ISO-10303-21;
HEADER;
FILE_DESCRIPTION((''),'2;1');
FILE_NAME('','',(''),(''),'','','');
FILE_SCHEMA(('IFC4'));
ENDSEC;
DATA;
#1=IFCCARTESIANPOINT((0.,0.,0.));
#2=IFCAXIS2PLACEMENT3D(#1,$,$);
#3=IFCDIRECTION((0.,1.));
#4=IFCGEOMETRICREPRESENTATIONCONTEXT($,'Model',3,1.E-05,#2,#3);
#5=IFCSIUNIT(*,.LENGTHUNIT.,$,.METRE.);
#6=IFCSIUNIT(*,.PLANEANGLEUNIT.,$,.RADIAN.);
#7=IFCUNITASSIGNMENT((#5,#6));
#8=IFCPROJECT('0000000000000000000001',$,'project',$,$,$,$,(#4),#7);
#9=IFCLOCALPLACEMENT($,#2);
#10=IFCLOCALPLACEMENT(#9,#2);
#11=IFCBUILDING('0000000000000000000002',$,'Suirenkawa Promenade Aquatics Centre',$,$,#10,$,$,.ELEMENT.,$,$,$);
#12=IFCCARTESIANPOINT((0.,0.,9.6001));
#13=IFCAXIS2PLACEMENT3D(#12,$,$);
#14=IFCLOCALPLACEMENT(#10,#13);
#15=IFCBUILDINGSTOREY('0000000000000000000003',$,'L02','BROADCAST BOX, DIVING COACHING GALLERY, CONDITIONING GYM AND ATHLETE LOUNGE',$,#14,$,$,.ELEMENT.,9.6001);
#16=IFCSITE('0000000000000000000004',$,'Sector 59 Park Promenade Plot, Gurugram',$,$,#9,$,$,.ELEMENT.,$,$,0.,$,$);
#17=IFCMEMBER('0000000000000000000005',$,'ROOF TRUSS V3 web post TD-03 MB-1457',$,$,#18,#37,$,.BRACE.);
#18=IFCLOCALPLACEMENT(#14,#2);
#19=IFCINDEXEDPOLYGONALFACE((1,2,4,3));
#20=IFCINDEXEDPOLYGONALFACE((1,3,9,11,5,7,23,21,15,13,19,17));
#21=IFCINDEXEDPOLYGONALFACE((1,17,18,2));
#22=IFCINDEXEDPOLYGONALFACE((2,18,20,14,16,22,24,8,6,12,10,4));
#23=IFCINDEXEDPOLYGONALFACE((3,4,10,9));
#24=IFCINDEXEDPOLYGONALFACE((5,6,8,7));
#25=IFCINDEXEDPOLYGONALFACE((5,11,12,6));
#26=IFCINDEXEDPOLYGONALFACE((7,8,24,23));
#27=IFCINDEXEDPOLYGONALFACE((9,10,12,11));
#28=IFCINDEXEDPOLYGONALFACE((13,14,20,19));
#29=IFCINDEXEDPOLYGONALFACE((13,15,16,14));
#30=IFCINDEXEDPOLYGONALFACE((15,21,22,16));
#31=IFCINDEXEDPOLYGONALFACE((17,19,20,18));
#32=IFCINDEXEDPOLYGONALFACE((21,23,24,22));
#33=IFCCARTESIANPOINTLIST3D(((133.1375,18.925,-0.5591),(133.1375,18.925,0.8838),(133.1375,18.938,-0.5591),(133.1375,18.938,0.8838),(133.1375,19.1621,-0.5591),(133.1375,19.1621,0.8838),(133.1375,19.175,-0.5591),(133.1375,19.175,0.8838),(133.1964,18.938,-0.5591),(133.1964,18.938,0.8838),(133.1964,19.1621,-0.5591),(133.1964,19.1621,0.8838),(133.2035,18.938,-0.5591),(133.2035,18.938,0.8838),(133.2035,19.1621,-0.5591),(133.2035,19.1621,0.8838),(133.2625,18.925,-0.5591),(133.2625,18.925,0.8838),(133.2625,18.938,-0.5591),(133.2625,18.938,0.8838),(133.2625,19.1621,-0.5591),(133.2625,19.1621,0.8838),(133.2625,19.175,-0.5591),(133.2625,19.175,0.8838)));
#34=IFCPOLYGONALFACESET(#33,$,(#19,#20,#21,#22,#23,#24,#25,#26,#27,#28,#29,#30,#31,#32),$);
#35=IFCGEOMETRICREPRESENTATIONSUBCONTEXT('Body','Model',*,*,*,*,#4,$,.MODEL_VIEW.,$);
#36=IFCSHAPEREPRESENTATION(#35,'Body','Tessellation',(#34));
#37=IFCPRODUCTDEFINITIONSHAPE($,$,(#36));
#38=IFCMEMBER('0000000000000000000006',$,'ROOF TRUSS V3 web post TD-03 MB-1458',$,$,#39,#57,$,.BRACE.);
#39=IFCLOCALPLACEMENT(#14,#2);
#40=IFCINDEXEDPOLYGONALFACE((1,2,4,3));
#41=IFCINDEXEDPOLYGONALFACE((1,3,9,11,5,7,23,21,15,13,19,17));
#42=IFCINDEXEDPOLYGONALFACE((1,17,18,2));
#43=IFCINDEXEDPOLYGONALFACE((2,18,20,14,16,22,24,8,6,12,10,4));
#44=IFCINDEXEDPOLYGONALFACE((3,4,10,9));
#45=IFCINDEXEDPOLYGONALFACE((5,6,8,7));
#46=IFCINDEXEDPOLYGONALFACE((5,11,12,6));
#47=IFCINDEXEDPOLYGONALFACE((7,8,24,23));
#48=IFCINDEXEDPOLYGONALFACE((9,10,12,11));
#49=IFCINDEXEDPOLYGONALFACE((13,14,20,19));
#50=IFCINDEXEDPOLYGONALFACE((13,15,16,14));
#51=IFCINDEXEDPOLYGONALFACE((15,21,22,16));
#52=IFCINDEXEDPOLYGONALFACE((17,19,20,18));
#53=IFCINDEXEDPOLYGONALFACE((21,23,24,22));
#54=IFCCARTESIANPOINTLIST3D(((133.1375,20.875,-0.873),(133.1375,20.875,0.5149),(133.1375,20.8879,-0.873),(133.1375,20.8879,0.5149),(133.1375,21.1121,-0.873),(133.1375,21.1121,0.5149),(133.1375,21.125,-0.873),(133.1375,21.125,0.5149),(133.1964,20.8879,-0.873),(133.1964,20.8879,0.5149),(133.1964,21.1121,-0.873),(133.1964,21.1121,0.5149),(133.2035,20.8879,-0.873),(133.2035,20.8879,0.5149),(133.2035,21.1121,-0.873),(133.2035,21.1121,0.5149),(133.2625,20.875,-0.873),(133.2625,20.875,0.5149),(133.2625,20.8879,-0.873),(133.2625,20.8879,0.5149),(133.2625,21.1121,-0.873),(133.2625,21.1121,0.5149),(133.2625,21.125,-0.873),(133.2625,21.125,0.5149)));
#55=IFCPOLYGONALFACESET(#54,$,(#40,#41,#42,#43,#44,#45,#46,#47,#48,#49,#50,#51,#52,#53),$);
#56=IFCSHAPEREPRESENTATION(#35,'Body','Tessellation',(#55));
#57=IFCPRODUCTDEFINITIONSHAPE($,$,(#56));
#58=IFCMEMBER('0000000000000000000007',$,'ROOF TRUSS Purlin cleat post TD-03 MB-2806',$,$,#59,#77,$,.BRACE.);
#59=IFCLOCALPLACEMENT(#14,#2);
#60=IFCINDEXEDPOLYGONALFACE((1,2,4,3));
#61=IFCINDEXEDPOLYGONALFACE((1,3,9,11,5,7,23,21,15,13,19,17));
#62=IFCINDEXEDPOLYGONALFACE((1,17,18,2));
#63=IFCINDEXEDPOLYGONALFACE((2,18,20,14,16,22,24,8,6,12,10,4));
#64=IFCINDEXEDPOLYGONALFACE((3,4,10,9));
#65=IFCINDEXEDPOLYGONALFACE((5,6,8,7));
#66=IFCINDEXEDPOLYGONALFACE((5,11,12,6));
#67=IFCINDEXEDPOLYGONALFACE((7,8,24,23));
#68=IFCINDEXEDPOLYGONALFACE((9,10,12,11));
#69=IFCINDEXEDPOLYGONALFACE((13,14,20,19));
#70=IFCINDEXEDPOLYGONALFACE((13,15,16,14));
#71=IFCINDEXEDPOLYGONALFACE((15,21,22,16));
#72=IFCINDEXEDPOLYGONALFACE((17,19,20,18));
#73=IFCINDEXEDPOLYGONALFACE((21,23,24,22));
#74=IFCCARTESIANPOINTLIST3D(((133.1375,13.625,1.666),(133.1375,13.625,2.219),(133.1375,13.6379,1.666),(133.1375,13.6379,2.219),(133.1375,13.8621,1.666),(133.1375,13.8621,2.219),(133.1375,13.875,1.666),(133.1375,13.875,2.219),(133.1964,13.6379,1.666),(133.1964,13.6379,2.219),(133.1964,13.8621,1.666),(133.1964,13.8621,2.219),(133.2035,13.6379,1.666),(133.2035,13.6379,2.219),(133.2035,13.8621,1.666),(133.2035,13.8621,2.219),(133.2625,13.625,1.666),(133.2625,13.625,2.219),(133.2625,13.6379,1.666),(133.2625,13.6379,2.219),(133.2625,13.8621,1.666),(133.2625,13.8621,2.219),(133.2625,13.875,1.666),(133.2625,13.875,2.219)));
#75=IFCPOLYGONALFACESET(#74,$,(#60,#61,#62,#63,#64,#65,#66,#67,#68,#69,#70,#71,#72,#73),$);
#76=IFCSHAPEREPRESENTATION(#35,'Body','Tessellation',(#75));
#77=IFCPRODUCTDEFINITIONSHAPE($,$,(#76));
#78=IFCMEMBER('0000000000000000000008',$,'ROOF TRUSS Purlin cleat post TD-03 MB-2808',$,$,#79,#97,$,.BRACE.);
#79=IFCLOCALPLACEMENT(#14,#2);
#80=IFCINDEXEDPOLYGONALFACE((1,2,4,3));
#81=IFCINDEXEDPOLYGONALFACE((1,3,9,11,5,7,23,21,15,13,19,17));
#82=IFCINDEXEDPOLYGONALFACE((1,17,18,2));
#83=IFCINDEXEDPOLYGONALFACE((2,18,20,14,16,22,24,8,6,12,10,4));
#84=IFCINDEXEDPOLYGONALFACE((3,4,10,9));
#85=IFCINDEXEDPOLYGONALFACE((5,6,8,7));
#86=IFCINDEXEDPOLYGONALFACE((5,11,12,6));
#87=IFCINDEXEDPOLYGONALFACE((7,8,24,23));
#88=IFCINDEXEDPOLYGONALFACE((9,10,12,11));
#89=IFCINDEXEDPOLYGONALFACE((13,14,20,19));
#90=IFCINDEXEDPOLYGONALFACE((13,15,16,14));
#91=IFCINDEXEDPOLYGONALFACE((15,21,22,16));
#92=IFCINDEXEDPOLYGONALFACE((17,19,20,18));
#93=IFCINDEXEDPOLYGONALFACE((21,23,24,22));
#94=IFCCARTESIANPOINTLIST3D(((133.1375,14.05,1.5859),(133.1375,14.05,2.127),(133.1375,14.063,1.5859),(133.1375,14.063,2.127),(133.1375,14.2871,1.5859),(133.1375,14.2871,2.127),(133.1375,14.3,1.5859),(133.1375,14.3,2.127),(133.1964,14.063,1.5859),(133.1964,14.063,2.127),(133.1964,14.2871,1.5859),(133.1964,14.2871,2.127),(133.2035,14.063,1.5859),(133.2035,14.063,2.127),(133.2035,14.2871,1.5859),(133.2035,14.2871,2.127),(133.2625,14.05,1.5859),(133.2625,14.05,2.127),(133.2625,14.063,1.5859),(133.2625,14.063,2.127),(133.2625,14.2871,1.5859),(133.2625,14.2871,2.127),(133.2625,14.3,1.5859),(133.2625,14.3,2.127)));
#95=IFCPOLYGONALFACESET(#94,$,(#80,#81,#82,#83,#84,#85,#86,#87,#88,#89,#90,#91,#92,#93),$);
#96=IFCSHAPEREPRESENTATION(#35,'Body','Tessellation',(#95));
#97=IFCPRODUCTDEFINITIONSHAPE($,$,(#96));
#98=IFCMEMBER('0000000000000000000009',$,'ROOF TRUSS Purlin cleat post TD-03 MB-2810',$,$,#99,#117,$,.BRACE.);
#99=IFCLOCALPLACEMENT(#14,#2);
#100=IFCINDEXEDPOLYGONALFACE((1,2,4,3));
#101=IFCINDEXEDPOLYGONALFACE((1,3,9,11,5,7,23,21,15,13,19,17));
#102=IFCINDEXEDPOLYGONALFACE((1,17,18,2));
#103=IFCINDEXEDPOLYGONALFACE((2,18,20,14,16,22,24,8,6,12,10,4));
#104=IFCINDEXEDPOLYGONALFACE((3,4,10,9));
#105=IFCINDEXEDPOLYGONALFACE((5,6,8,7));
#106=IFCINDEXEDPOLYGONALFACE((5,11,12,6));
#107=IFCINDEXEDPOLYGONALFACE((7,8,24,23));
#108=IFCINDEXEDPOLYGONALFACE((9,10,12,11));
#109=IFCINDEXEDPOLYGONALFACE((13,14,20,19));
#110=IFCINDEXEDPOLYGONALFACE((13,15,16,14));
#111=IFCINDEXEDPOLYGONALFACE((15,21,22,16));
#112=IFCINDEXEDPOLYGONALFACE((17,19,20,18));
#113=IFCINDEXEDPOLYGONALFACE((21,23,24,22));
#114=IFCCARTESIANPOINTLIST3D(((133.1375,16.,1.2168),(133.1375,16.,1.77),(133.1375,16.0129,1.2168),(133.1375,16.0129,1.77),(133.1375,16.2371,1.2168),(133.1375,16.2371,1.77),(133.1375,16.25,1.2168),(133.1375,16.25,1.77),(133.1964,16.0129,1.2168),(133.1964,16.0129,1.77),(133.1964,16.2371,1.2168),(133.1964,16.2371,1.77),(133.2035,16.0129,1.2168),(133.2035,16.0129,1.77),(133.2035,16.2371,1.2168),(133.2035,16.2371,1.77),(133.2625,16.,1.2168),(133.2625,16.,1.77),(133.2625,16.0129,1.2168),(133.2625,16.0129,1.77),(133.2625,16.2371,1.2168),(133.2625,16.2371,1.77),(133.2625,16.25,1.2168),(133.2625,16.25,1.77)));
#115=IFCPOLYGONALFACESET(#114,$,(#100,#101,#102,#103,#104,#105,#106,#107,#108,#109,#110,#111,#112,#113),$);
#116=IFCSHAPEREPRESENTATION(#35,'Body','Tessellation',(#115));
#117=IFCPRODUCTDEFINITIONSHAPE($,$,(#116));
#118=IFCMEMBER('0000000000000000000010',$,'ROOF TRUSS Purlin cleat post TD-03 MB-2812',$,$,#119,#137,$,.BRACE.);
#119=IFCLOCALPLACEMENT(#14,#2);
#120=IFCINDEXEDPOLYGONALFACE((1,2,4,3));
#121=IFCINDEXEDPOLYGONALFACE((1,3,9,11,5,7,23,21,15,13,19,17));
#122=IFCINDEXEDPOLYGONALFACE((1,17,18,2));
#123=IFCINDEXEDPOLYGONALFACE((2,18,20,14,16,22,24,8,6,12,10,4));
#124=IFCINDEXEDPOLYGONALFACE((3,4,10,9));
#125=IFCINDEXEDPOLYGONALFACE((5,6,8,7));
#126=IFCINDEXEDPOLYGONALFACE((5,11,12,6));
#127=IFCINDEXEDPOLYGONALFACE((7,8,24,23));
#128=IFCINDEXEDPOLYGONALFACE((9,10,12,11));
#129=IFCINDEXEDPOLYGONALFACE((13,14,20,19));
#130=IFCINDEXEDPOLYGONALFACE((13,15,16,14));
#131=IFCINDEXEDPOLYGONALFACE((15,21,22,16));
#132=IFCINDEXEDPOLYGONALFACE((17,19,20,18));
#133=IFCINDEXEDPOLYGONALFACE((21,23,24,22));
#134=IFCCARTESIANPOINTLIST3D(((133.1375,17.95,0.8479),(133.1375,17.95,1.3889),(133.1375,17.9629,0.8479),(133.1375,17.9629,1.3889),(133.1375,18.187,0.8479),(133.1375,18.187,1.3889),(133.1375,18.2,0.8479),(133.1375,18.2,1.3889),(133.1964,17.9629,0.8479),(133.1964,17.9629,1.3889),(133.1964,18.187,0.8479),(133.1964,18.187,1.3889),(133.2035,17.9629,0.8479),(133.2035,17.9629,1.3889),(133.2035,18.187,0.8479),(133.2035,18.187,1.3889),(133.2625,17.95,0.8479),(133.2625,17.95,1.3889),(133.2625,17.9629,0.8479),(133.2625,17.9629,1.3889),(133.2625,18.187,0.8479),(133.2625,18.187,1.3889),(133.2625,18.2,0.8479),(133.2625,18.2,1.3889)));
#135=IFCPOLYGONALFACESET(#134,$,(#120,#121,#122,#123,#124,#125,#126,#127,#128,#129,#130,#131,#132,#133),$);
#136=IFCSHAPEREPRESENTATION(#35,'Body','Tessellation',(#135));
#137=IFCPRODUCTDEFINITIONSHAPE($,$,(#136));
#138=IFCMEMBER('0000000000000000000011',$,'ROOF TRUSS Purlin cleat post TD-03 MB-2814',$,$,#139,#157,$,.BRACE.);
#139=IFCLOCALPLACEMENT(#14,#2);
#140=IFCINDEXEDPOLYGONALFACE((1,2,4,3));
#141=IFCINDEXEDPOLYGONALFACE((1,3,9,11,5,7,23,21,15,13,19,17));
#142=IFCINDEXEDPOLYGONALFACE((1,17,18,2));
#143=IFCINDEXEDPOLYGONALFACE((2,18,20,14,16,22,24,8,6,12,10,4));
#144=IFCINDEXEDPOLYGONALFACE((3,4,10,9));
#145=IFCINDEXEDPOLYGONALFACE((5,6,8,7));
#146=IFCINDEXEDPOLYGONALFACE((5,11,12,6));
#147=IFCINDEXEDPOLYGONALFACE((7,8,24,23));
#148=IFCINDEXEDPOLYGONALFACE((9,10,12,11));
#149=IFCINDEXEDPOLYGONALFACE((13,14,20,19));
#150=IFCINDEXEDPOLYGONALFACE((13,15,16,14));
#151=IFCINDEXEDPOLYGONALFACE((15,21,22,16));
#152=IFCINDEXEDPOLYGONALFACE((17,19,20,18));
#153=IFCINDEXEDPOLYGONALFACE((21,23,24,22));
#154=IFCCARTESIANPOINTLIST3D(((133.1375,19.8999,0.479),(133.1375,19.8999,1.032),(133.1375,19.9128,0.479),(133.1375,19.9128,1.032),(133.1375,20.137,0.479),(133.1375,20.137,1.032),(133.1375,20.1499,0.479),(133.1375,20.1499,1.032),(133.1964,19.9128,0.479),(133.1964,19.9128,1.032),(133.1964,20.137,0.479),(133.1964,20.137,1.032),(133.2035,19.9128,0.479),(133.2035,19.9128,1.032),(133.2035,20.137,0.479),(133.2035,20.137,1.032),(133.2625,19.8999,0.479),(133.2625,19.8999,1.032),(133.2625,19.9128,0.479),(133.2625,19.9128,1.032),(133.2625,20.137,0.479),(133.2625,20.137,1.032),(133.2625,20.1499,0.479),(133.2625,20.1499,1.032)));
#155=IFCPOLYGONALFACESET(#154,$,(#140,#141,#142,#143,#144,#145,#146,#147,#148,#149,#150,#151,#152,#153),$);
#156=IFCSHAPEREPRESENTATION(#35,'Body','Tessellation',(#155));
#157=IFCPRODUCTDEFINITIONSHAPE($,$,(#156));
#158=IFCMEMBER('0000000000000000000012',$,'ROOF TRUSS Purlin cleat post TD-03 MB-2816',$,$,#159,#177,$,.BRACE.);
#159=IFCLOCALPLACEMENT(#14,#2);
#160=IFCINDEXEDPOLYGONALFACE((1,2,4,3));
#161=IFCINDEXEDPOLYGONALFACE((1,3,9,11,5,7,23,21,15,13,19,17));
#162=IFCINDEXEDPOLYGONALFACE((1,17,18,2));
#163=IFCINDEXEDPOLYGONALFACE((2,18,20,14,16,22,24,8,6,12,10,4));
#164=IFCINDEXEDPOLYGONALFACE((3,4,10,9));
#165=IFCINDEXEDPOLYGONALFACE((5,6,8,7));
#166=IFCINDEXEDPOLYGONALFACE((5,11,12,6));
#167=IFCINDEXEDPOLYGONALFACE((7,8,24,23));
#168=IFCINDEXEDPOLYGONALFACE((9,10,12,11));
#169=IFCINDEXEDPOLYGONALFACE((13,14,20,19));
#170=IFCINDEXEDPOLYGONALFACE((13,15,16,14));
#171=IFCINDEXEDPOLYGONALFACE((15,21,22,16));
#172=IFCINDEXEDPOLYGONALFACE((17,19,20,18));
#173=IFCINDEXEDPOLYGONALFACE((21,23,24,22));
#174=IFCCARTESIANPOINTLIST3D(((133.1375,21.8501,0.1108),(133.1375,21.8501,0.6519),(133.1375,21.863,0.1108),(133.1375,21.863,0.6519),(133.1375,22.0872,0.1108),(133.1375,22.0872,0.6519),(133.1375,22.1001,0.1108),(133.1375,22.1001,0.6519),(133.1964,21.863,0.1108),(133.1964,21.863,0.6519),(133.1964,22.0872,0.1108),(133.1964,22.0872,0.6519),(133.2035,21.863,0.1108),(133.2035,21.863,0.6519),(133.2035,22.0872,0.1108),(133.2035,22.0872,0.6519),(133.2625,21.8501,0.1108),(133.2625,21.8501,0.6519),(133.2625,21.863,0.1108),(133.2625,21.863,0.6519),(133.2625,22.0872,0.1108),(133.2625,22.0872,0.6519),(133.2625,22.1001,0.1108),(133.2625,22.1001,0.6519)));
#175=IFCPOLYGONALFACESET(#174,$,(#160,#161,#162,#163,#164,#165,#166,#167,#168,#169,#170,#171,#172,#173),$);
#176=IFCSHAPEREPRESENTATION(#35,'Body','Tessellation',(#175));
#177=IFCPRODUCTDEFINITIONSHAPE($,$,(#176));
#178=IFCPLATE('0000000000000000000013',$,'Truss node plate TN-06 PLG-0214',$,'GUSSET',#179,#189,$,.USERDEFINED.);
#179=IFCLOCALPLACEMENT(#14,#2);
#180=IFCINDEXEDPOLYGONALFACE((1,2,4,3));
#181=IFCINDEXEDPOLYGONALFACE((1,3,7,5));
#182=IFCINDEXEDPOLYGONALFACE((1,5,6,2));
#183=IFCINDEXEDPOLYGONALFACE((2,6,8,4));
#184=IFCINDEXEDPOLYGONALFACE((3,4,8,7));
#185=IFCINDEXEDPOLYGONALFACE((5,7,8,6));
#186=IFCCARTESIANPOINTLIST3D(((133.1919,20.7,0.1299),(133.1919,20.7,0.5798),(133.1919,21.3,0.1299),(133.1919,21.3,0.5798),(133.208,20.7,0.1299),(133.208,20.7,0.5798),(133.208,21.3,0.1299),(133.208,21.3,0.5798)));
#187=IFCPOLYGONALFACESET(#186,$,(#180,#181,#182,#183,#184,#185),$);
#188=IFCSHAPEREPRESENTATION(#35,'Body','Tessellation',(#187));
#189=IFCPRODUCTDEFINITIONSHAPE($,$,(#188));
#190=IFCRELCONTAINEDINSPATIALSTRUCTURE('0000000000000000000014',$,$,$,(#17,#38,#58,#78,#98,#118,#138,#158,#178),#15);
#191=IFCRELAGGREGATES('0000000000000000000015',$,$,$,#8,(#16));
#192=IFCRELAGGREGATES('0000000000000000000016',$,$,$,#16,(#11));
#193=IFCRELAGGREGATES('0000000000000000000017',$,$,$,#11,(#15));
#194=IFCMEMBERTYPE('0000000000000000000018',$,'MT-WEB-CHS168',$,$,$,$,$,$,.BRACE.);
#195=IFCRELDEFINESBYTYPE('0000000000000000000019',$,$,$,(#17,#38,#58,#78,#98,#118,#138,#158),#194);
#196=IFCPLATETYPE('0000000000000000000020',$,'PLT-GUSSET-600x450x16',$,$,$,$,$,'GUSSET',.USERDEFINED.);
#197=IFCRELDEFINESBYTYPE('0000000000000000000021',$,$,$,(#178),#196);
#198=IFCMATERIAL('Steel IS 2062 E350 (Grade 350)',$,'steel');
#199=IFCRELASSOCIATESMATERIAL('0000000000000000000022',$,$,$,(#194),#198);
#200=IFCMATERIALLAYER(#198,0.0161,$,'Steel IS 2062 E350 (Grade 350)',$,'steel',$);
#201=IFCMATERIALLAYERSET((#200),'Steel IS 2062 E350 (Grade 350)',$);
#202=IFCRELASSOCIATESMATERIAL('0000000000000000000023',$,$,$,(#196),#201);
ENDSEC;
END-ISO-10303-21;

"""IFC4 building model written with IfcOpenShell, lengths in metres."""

from ifc_helpers import new_model, si_unit, direction, frame, origin, origin_2d, place, context, subcontext, project, spatial, rectangle, i_section, extrude, material, layer, layer_set, material_profile, profile_set, type_object, element, save


model = new_model("IFC4")

# Units and contexts
model_context = context("Model", 3, precision=1e-05, world=origin(), true_north=direction((0.0, 1.0)))
body_context = subcontext(model_context, "Body", "Model", "MODEL_VIEW")
ifc_project = project(units=[si_unit("LENGTHUNIT", "METRE"), si_unit("PLANEANGLEUNIT", "RADIAN")], contexts=[model_context])

# Site, building, storey
site_placement = place(None, origin())
site = spatial("IfcSite", under=ifc_project, at=site_placement, Name="Sector 59 Park Promenade Plot, Gurugram", CompositionType="ELEMENT", RefElevation=0.0)
building_placement = place(site_placement, origin())
building = spatial("IfcBuilding", under=site, at=building_placement, Name="Suirenkawa Promenade Aquatics Centre", CompositionType="ELEMENT")
storey_placement = place(building_placement, frame((0.0, 0.0, 9.6001)))
storey = spatial("IfcBuildingStorey", under=building, at=storey_placement, Name="L02", Description="BROADCAST BOX, DIVING COACHING GALLERY, CONDITIONING GYM AND ATHLETE LOUNGE", CompositionType="ELEMENT", Elevation=9.6001)

# Shared definitions
ifc_material_1 = material(Name="Steel IS 2062 E350 (Grade 350)", Category="steel")

# Members
ifc_material_profile_1 = material_profile(ifc_material_1, i_section(OverallWidth=0.125, OverallDepth=0.25, WebThickness=0.0071, FlangeThickness=0.0129, at=origin_2d()), Name="ISMB 250", Category="steel")
ifc_profile_set_1 = profile_set([ifc_material_profile_1], Name="Steel IS 2062 E350 (Grade 350)")
member_type_1 = type_object("IfcMemberType", Name="MT-WEB-CHS168", PredefinedType="BRACE", material=ifc_profile_set_1)
member_1_placement = place(storey_placement, frame((133.2, 19.05, -0.5591), z_axis=(0.0, 0.0, 1.0), x_axis=(1.0, 0.0, 0.0)))
element("IfcMember", 1, at=member_1_placement, inside=storey, type_object=member_type_1, Name="ROOF TRUSS V3 web post TD-03 MB-1457", PredefinedType="BRACE", context=body_context, shape_type="SweptSolid", body=[
    extrude(i_section(OverallWidth=0.125, OverallDepth=0.25, WebThickness=0.0071, FlangeThickness=0.0129, at=origin_2d()), origin(), (0.0, 0.0, 1.0), 1.4429),
])
member_2_placement = place(storey_placement, frame((133.2, 21.0, -0.873), z_axis=(0.0, 0.0, 1.0), x_axis=(1.0, 0.0, 0.0)))
element("IfcMember", 2, at=member_2_placement, inside=storey, type_object=member_type_1, Name="ROOF TRUSS V3 web post TD-03 MB-1458", PredefinedType="BRACE", context=body_context, shape_type="SweptSolid", body=[
    extrude(i_section(OverallWidth=0.125, OverallDepth=0.25, WebThickness=0.0071, FlangeThickness=0.0129, at=origin_2d()), origin(), (0.0, 0.0, 1.0), 1.3879),
])
member_3_placement = place(storey_placement, frame((133.2, 13.75, 1.666), z_axis=(0.0, 0.0, 1.0), x_axis=(1.0, 0.0, 0.0)))
element("IfcMember", 3, at=member_3_placement, inside=storey, type_object=member_type_1, Name="ROOF TRUSS Purlin cleat post TD-03 MB-2806", PredefinedType="BRACE", context=body_context, shape_type="SweptSolid", body=[
    extrude(i_section(OverallWidth=0.125, OverallDepth=0.25, WebThickness=0.0071, FlangeThickness=0.0129, at=origin_2d()), origin(), (0.0, 0.0, 1.0), 0.553),
])
member_4_placement = place(storey_placement, frame((133.2, 14.175, 1.5859), z_axis=(0.0, 0.0, 1.0), x_axis=(1.0, 0.0, 0.0)))
element("IfcMember", 4, at=member_4_placement, inside=storey, type_object=member_type_1, Name="ROOF TRUSS Purlin cleat post TD-03 MB-2808", PredefinedType="BRACE", context=body_context, shape_type="SweptSolid", body=[
    extrude(i_section(OverallWidth=0.125, OverallDepth=0.25, WebThickness=0.0071, FlangeThickness=0.0129, at=origin_2d()), origin(), (0.0, 0.0, 1.0), 0.541),
])
member_5_placement = place(storey_placement, frame((133.2, 16.125, 1.2168), z_axis=(0.0, 0.0, 1.0), x_axis=(1.0, 0.0, 0.0)))
element("IfcMember", 5, at=member_5_placement, inside=storey, type_object=member_type_1, Name="ROOF TRUSS Purlin cleat post TD-03 MB-2810", PredefinedType="BRACE", context=body_context, shape_type="SweptSolid", body=[
    extrude(i_section(OverallWidth=0.125, OverallDepth=0.25, WebThickness=0.0071, FlangeThickness=0.0129, at=origin_2d()), origin(), (0.0, 0.0, 1.0), 0.5532),
])
member_6_placement = place(storey_placement, frame((133.2, 18.075, 0.8479), z_axis=(0.0, 0.0, 1.0), x_axis=(1.0, 0.0, 0.0)))
element("IfcMember", 6, at=member_6_placement, inside=storey, type_object=member_type_1, Name="ROOF TRUSS Purlin cleat post TD-03 MB-2812", PredefinedType="BRACE", context=body_context, shape_type="SweptSolid", body=[
    extrude(i_section(OverallWidth=0.125, OverallDepth=0.25, WebThickness=0.0071, FlangeThickness=0.0129, at=origin_2d()), origin(), (0.0, 0.0, 1.0), 0.541),
])
member_7_placement = place(storey_placement, frame((133.2, 20.0249, 0.479), z_axis=(0.0, 0.0, 1.0), x_axis=(1.0, 0.0, 0.0)))
element("IfcMember", 7, at=member_7_placement, inside=storey, type_object=member_type_1, Name="ROOF TRUSS Purlin cleat post TD-03 MB-2814", PredefinedType="BRACE", context=body_context, shape_type="SweptSolid", body=[
    extrude(i_section(OverallWidth=0.125, OverallDepth=0.25, WebThickness=0.0071, FlangeThickness=0.0129, at=origin_2d()), origin(), (0.0, 0.0, 1.0), 0.553),
])
member_8_placement = place(storey_placement, frame((133.2, 21.9751, 0.1108), z_axis=(0.0, 0.0, 1.0), x_axis=(1.0, 0.0, 0.0)))
element("IfcMember", 8, at=member_8_placement, inside=storey, type_object=member_type_1, Name="ROOF TRUSS Purlin cleat post TD-03 MB-2816", PredefinedType="BRACE", context=body_context, shape_type="SweptSolid", body=[
    extrude(i_section(OverallWidth=0.125, OverallDepth=0.25, WebThickness=0.0071, FlangeThickness=0.0129, at=origin_2d()), origin(), (0.0, 0.0, 1.0), 0.541),
])

# Plate
ifc_layer_1 = layer(ifc_material_1, 0.0161, Name="Steel IS 2062 E350 (Grade 350)", Category="steel")
ifc_layer_set_1 = layer_set([ifc_layer_1], Name="Steel IS 2062 E350 (Grade 350)")
plate_type = type_object("IfcPlateType", Name="PLT-GUSSET-600x450x16", ElementType="GUSSET", PredefinedType="USERDEFINED", material=ifc_layer_set_1)
plate_placement = place(storey_placement, frame((133.2, 21.0, 0.1299), z_axis=(0.0, 0.0, 1.0), x_axis=(0.0, 1.0, 0.0)))
element("IfcPlate", 9, at=plate_placement, inside=storey, type_object=plate_type, Name="Truss node plate TN-06 PLG-0214", ObjectType="GUSSET", PredefinedType="USERDEFINED", context=body_context, shape_type="SweptSolid", body=[
    extrude(rectangle(XDim=0.6001, YDim=0.0161, at=origin_2d()), origin(), (0.0, 0.0, 1.0), 0.45),
])

save(model, "model.ifc")
